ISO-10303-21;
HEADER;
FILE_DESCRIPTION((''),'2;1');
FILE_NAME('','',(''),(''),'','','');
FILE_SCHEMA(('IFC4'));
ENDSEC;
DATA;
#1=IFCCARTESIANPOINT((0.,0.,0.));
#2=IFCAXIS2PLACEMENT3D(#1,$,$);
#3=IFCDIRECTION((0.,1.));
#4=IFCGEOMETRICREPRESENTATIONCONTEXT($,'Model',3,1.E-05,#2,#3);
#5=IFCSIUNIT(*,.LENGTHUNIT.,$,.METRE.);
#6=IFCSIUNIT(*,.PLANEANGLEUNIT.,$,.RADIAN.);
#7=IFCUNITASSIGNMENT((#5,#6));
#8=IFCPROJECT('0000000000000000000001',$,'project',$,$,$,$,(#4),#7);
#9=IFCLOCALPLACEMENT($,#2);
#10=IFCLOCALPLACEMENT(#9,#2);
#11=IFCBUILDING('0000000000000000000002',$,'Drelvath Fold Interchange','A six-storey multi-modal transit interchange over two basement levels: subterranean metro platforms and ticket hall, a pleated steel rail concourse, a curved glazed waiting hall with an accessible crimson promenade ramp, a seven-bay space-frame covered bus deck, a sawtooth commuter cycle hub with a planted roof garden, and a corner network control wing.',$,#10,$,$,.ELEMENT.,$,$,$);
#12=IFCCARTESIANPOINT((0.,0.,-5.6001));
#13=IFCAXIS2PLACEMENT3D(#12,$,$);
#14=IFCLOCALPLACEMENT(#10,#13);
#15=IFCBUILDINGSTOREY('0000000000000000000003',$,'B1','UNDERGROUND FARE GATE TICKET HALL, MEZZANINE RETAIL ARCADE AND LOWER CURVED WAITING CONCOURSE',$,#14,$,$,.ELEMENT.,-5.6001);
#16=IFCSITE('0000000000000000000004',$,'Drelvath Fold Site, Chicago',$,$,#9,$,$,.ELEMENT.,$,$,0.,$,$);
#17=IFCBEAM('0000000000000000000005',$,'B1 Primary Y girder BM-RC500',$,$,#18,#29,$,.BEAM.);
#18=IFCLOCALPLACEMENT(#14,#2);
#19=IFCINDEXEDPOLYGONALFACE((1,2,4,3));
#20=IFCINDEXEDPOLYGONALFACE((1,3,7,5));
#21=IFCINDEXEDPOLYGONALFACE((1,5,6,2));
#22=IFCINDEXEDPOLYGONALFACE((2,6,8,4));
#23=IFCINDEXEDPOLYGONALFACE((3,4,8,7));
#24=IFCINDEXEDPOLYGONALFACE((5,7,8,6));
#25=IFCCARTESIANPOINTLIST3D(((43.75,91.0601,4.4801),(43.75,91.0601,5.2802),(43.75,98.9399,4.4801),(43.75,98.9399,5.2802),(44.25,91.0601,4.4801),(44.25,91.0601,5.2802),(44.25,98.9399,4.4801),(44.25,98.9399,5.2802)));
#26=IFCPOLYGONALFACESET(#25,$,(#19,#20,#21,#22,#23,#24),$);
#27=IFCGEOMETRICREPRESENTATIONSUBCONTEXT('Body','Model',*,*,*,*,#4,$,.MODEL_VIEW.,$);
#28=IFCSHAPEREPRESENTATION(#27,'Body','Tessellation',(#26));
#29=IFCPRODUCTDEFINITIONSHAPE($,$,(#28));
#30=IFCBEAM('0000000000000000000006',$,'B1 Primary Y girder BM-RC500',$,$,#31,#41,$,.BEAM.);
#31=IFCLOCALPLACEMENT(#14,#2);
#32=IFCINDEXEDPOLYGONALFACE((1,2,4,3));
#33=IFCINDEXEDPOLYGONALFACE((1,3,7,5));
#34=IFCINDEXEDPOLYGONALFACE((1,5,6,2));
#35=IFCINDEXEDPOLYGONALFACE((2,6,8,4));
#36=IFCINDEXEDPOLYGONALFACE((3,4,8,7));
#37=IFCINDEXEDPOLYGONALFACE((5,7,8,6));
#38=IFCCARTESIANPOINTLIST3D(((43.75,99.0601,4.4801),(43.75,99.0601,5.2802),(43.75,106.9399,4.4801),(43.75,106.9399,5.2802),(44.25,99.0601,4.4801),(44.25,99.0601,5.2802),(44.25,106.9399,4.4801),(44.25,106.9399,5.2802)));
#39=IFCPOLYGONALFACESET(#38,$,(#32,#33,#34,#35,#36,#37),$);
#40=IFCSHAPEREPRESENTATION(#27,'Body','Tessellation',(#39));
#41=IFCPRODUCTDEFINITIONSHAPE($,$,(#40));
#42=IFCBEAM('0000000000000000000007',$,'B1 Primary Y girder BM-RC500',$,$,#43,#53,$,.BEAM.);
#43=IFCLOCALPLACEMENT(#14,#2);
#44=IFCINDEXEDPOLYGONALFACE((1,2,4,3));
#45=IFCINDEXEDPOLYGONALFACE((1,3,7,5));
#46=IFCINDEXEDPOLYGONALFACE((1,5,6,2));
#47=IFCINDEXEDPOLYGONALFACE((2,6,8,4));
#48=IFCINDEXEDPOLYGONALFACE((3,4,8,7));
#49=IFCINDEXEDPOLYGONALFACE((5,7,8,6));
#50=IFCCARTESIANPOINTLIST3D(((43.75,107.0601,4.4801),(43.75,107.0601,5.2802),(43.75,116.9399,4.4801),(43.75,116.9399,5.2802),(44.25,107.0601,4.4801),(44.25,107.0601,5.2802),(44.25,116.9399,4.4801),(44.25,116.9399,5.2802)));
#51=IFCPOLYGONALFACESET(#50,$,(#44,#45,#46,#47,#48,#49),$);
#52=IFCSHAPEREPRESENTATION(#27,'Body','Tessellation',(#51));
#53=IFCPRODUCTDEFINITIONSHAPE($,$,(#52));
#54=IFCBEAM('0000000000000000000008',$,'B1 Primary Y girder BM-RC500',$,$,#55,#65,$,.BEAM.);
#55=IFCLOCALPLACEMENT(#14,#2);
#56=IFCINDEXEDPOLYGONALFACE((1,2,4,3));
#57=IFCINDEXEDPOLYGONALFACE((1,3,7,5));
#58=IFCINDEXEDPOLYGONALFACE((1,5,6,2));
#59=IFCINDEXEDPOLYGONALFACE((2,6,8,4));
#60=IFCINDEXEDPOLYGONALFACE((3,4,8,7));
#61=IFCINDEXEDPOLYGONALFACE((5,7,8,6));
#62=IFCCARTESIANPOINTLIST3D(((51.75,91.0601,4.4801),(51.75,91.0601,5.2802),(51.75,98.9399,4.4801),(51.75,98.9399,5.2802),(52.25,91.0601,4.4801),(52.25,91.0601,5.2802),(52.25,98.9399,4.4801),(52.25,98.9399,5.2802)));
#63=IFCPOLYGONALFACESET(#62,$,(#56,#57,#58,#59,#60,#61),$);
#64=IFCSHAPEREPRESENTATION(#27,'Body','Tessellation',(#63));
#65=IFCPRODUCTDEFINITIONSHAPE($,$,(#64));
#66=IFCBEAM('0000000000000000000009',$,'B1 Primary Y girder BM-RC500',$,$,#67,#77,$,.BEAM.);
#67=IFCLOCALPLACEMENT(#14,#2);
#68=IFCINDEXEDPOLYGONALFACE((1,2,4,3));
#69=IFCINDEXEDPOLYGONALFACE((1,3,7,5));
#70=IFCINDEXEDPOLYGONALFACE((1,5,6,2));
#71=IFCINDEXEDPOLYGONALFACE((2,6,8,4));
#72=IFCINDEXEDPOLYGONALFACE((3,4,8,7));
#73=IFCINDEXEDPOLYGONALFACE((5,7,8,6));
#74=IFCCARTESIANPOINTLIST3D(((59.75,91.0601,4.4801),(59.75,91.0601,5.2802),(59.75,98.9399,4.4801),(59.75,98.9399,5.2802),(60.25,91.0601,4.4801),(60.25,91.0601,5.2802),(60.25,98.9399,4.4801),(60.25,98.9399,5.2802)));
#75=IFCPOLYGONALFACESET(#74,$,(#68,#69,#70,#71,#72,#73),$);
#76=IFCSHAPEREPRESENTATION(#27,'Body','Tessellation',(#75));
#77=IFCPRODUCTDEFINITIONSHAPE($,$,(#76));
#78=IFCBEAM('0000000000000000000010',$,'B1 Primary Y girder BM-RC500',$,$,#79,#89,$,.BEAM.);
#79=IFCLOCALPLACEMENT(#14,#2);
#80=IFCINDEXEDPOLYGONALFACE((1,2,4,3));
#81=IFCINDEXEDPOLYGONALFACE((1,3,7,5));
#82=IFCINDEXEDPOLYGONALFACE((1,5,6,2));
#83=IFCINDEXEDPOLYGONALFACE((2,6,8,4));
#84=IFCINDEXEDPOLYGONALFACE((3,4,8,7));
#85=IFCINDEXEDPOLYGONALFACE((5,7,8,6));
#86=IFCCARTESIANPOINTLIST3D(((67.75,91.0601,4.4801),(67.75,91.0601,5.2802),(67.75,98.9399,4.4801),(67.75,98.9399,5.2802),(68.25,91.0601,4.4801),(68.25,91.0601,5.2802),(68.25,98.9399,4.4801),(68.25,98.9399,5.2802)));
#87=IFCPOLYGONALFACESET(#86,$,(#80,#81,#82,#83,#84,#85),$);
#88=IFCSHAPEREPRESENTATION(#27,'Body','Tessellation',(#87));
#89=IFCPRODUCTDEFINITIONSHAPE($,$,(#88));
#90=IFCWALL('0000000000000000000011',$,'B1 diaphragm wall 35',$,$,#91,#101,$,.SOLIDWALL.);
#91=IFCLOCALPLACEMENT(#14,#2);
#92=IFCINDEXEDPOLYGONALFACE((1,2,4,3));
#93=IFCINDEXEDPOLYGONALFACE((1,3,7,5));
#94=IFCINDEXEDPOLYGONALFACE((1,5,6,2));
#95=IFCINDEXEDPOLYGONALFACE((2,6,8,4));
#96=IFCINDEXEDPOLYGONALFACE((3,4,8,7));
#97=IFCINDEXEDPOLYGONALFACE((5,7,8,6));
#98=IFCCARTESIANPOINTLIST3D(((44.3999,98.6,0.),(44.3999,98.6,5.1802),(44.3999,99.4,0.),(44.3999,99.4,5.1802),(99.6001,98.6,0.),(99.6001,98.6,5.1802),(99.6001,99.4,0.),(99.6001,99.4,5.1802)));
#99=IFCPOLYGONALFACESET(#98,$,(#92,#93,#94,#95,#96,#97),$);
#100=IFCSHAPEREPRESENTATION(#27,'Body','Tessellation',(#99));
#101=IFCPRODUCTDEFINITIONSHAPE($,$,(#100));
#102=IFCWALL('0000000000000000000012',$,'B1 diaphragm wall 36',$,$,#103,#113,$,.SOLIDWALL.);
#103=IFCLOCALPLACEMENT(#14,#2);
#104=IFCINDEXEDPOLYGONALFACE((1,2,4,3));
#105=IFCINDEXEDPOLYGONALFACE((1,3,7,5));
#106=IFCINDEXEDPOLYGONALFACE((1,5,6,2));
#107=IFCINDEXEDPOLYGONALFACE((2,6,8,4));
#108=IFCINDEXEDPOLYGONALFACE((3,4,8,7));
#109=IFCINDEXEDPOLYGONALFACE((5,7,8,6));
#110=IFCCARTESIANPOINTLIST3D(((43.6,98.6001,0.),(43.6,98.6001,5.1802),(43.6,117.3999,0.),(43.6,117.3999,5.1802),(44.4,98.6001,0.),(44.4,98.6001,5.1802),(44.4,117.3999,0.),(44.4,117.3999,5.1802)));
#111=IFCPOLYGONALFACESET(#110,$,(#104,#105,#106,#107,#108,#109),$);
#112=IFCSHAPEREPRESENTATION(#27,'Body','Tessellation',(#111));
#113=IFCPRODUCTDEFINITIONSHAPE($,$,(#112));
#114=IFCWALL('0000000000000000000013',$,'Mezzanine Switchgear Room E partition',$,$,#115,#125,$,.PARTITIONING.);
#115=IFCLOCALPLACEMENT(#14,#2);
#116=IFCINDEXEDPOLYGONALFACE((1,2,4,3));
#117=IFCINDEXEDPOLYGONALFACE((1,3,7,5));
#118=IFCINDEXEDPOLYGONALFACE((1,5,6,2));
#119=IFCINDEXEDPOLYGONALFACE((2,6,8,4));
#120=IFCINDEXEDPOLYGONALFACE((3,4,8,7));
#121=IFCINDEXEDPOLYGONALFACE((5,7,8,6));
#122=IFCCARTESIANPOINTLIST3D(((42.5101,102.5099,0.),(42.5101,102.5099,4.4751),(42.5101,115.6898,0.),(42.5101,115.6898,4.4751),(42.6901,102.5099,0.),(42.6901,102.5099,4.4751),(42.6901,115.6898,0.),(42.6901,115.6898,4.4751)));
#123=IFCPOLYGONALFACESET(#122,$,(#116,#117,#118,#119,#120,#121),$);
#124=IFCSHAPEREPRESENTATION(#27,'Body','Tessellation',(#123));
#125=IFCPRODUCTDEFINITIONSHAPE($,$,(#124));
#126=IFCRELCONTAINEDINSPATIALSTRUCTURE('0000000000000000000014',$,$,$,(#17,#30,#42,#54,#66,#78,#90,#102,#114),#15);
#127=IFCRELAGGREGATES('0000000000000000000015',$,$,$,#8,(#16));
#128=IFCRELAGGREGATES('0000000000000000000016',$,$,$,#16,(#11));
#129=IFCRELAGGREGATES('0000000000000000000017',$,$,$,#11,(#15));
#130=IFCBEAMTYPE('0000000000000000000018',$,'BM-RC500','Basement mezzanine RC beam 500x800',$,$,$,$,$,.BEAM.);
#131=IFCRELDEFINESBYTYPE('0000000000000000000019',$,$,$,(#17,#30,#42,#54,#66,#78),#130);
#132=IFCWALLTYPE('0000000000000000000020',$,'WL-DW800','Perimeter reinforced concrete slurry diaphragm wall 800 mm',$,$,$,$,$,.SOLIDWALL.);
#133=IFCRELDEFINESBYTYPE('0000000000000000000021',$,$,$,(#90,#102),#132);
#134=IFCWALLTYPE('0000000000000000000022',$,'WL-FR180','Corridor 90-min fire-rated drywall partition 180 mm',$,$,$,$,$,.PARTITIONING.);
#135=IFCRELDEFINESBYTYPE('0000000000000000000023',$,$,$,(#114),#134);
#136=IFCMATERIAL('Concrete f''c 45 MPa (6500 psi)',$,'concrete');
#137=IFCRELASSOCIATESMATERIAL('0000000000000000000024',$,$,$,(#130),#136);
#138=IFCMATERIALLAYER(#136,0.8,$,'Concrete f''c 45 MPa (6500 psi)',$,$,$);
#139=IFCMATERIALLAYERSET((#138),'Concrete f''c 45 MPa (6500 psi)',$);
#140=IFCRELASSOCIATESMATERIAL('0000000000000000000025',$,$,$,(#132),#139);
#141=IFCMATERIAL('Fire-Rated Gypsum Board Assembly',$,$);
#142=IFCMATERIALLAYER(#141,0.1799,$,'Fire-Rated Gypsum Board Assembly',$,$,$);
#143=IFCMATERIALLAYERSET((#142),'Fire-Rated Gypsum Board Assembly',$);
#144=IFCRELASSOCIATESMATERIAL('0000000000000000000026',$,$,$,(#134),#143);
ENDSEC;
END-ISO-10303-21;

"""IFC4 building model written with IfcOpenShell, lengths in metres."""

from ifc_helpers import new_model, si_unit, direction, frame, frame_2d, origin, origin_2d, place, context, subcontext, project, spatial, rectangle, extrude, material, layer, layer_set, material_profile, profile_set, type_object, element, save


model = new_model("IFC4")

# Units and contexts
model_context = context("Model", 3, precision=1e-05, world=origin(), true_north=direction((0.0, 1.0)))
body_context = subcontext(model_context, "Body", "Model", "MODEL_VIEW")
ifc_project = project(units=[si_unit("LENGTHUNIT", "METRE"), si_unit("PLANEANGLEUNIT", "RADIAN")], contexts=[model_context])

# Site, building, storey
site_placement = place(None, origin())
site = spatial("IfcSite", under=ifc_project, at=site_placement, Name="Drelvath Fold Site, Chicago", CompositionType="ELEMENT", RefElevation=0.0)
building_placement = place(site_placement, origin())
building = spatial("IfcBuilding", under=site, at=building_placement, Name="Drelvath Fold Interchange", Description="A six-storey multi-modal transit interchange over two basement levels: subterranean metro platforms and ticket hall, a pleated steel rail concourse, a curved glazed waiting hall with an accessible crimson promenade ramp, a seven-bay space-frame covered bus deck, a sawtooth commuter cycle hub with a planted roof garden, and a corner network control wing.", CompositionType="ELEMENT")
storey_placement = place(building_placement, frame((0.0, 0.0, -5.6001)))
storey = spatial("IfcBuildingStorey", under=building, at=storey_placement, Name="B1", Description="UNDERGROUND FARE GATE TICKET HALL, MEZZANINE RETAIL ARCADE AND LOWER CURVED WAITING CONCOURSE", CompositionType="ELEMENT", Elevation=-5.6001)

# Beams
ifc_material_1 = material(Name="Concrete f'c 45 MPa (6500 psi)", Category="concrete")
ifc_material_profile_1 = material_profile(ifc_material_1, rectangle(XDim=0.5, YDim=0.8, at=origin_2d()), Name="RC 500x800")
ifc_profile_set_1 = profile_set([ifc_material_profile_1], Name="Concrete f'c 45 MPa (6500 psi)")
beam_type_1 = type_object("IfcBeamType", Name="BM-RC500", Description="Basement mezzanine RC beam 500x800", PredefinedType="BEAM", material=ifc_profile_set_1)
for number, where, z_axis, x_axis, name in (
    (1, (44.0, 91.0601, 4.8801), (0.0, 1.0, 0.0), (-1.0, 0.0, 0.0), "B1 Primary Y girder BM-RC500"),
    (2, (44.0, 99.0601, 4.8801), (0.0, 1.0, 0.0), (-1.0, 0.0, 0.0), "B1 Primary Y girder BM-RC500"),
):
    element("IfcBeam", number, at=place(storey_placement, frame(where, z_axis=z_axis, x_axis=x_axis)), inside=storey, type_object=beam_type_1, Name=name, PredefinedType="BEAM", context=body_context, shape_type="SweptSolid", body=[
        extrude(rectangle(XDim=0.5, YDim=0.8, at=origin_2d()), origin(), (0.0, 0.0, 1.0), 7.8799),
    ])
beam_placement = place(storey_placement, frame((44.0, 107.0601, 4.8801), z_axis=(0.0, 1.0, 0.0), x_axis=(-1.0, 0.0, 0.0)))
element("IfcBeam", 3, at=beam_placement, inside=storey, type_object=beam_type_1, Name="B1 Primary Y girder BM-RC500", PredefinedType="BEAM", context=body_context, shape_type="SweptSolid", body=[
    extrude(rectangle(XDim=0.5, YDim=0.8, at=origin_2d()), origin(), (0.0, 0.0, 1.0), 9.8799),
])
for number, where, z_axis, x_axis, name in (
    (4, (52.0, 91.0601, 4.8801), (0.0, 1.0, 0.0), (-1.0, 0.0, 0.0), "B1 Primary Y girder BM-RC500"),
    (5, (60.0, 91.0601, 4.8801), (0.0, 1.0, 0.0), (-1.0, 0.0, 0.0), "B1 Primary Y girder BM-RC500"),
    (6, (68.0, 91.0601, 4.8801), (0.0, 1.0, 0.0), (-1.0, 0.0, 0.0), "B1 Primary Y girder BM-RC500"),
):
    element("IfcBeam", number, at=place(storey_placement, frame(where, z_axis=z_axis, x_axis=x_axis)), inside=storey, type_object=beam_type_1, Name=name, PredefinedType="BEAM", context=body_context, shape_type="SweptSolid", body=[
        extrude(rectangle(XDim=0.5, YDim=0.8, at=origin_2d()), origin(), (0.0, 0.0, 1.0), 7.8799),
    ])

# Walls
ifc_layer_1 = layer(ifc_material_1, 0.8, Name="Concrete f'c 45 MPa (6500 psi)")
ifc_layer_set_1 = layer_set([ifc_layer_1], Name="Concrete f'c 45 MPa (6500 psi)")
wall_type_1 = type_object("IfcWallType", Name="WL-DW800", Description="Perimeter reinforced concrete slurry diaphragm wall 800 mm", PredefinedType="SOLIDWALL", material=ifc_layer_set_1)
wall_1_placement = place(storey_placement, frame((44.3999, 99.0, 0.0), z_axis=(0.0, 0.0, 1.0), x_axis=(1.0, 0.0, 0.0)))
element("IfcWall", 7, at=wall_1_placement, inside=storey, type_object=wall_type_1, Name="B1 diaphragm wall 35", PredefinedType="SOLIDWALL", context=body_context, shape_type="SweptSolid", body=[
    extrude(rectangle(XDim=55.2002, YDim=0.8, at=frame_2d((27.6001, 0.0))), origin(), (0.0, 0.0, 1.0), 5.1802),
])
wall_2_placement = place(storey_placement, frame((44.0, 98.6001, 0.0), z_axis=(0.0, 0.0, 1.0), x_axis=(0.0, 1.0, 0.0)))
element("IfcWall", 8, at=wall_2_placement, inside=storey, type_object=wall_type_1, Name="B1 diaphragm wall 36", PredefinedType="SOLIDWALL", context=body_context, shape_type="SweptSolid", body=[
    extrude(rectangle(XDim=18.7998, YDim=0.8, at=frame_2d((9.3999, 0.0))), origin(), (0.0, 0.0, 1.0), 5.1802),
])
ifc_material_2 = material(Name="Fire-Rated Gypsum Board Assembly")
ifc_layer_2 = layer(ifc_material_2, 0.1799, Name="Fire-Rated Gypsum Board Assembly")
ifc_layer_set_2 = layer_set([ifc_layer_2], Name="Fire-Rated Gypsum Board Assembly")
wall_type_2 = type_object("IfcWallType", Name="WL-FR180", Description="Corridor 90-min fire-rated drywall partition 180 mm", PredefinedType="PARTITIONING", material=ifc_layer_set_2)
wall_3_placement = place(storey_placement, frame((42.6001, 102.51, 0.0), z_axis=(0.0, 0.0, 1.0), x_axis=(0.0, 1.0, 0.0)))
element("IfcWall", 9, at=wall_3_placement, inside=storey, type_object=wall_type_2, Name="Mezzanine Switchgear Room E partition", PredefinedType="PARTITIONING", context=body_context, shape_type="SweptSolid", body=[
    extrude(rectangle(XDim=13.1799, YDim=0.1799, at=frame_2d((6.5898, 0.0))), origin(), (0.0, 0.0, 1.0), 4.4751),
])

save(model, "model.ifc")
